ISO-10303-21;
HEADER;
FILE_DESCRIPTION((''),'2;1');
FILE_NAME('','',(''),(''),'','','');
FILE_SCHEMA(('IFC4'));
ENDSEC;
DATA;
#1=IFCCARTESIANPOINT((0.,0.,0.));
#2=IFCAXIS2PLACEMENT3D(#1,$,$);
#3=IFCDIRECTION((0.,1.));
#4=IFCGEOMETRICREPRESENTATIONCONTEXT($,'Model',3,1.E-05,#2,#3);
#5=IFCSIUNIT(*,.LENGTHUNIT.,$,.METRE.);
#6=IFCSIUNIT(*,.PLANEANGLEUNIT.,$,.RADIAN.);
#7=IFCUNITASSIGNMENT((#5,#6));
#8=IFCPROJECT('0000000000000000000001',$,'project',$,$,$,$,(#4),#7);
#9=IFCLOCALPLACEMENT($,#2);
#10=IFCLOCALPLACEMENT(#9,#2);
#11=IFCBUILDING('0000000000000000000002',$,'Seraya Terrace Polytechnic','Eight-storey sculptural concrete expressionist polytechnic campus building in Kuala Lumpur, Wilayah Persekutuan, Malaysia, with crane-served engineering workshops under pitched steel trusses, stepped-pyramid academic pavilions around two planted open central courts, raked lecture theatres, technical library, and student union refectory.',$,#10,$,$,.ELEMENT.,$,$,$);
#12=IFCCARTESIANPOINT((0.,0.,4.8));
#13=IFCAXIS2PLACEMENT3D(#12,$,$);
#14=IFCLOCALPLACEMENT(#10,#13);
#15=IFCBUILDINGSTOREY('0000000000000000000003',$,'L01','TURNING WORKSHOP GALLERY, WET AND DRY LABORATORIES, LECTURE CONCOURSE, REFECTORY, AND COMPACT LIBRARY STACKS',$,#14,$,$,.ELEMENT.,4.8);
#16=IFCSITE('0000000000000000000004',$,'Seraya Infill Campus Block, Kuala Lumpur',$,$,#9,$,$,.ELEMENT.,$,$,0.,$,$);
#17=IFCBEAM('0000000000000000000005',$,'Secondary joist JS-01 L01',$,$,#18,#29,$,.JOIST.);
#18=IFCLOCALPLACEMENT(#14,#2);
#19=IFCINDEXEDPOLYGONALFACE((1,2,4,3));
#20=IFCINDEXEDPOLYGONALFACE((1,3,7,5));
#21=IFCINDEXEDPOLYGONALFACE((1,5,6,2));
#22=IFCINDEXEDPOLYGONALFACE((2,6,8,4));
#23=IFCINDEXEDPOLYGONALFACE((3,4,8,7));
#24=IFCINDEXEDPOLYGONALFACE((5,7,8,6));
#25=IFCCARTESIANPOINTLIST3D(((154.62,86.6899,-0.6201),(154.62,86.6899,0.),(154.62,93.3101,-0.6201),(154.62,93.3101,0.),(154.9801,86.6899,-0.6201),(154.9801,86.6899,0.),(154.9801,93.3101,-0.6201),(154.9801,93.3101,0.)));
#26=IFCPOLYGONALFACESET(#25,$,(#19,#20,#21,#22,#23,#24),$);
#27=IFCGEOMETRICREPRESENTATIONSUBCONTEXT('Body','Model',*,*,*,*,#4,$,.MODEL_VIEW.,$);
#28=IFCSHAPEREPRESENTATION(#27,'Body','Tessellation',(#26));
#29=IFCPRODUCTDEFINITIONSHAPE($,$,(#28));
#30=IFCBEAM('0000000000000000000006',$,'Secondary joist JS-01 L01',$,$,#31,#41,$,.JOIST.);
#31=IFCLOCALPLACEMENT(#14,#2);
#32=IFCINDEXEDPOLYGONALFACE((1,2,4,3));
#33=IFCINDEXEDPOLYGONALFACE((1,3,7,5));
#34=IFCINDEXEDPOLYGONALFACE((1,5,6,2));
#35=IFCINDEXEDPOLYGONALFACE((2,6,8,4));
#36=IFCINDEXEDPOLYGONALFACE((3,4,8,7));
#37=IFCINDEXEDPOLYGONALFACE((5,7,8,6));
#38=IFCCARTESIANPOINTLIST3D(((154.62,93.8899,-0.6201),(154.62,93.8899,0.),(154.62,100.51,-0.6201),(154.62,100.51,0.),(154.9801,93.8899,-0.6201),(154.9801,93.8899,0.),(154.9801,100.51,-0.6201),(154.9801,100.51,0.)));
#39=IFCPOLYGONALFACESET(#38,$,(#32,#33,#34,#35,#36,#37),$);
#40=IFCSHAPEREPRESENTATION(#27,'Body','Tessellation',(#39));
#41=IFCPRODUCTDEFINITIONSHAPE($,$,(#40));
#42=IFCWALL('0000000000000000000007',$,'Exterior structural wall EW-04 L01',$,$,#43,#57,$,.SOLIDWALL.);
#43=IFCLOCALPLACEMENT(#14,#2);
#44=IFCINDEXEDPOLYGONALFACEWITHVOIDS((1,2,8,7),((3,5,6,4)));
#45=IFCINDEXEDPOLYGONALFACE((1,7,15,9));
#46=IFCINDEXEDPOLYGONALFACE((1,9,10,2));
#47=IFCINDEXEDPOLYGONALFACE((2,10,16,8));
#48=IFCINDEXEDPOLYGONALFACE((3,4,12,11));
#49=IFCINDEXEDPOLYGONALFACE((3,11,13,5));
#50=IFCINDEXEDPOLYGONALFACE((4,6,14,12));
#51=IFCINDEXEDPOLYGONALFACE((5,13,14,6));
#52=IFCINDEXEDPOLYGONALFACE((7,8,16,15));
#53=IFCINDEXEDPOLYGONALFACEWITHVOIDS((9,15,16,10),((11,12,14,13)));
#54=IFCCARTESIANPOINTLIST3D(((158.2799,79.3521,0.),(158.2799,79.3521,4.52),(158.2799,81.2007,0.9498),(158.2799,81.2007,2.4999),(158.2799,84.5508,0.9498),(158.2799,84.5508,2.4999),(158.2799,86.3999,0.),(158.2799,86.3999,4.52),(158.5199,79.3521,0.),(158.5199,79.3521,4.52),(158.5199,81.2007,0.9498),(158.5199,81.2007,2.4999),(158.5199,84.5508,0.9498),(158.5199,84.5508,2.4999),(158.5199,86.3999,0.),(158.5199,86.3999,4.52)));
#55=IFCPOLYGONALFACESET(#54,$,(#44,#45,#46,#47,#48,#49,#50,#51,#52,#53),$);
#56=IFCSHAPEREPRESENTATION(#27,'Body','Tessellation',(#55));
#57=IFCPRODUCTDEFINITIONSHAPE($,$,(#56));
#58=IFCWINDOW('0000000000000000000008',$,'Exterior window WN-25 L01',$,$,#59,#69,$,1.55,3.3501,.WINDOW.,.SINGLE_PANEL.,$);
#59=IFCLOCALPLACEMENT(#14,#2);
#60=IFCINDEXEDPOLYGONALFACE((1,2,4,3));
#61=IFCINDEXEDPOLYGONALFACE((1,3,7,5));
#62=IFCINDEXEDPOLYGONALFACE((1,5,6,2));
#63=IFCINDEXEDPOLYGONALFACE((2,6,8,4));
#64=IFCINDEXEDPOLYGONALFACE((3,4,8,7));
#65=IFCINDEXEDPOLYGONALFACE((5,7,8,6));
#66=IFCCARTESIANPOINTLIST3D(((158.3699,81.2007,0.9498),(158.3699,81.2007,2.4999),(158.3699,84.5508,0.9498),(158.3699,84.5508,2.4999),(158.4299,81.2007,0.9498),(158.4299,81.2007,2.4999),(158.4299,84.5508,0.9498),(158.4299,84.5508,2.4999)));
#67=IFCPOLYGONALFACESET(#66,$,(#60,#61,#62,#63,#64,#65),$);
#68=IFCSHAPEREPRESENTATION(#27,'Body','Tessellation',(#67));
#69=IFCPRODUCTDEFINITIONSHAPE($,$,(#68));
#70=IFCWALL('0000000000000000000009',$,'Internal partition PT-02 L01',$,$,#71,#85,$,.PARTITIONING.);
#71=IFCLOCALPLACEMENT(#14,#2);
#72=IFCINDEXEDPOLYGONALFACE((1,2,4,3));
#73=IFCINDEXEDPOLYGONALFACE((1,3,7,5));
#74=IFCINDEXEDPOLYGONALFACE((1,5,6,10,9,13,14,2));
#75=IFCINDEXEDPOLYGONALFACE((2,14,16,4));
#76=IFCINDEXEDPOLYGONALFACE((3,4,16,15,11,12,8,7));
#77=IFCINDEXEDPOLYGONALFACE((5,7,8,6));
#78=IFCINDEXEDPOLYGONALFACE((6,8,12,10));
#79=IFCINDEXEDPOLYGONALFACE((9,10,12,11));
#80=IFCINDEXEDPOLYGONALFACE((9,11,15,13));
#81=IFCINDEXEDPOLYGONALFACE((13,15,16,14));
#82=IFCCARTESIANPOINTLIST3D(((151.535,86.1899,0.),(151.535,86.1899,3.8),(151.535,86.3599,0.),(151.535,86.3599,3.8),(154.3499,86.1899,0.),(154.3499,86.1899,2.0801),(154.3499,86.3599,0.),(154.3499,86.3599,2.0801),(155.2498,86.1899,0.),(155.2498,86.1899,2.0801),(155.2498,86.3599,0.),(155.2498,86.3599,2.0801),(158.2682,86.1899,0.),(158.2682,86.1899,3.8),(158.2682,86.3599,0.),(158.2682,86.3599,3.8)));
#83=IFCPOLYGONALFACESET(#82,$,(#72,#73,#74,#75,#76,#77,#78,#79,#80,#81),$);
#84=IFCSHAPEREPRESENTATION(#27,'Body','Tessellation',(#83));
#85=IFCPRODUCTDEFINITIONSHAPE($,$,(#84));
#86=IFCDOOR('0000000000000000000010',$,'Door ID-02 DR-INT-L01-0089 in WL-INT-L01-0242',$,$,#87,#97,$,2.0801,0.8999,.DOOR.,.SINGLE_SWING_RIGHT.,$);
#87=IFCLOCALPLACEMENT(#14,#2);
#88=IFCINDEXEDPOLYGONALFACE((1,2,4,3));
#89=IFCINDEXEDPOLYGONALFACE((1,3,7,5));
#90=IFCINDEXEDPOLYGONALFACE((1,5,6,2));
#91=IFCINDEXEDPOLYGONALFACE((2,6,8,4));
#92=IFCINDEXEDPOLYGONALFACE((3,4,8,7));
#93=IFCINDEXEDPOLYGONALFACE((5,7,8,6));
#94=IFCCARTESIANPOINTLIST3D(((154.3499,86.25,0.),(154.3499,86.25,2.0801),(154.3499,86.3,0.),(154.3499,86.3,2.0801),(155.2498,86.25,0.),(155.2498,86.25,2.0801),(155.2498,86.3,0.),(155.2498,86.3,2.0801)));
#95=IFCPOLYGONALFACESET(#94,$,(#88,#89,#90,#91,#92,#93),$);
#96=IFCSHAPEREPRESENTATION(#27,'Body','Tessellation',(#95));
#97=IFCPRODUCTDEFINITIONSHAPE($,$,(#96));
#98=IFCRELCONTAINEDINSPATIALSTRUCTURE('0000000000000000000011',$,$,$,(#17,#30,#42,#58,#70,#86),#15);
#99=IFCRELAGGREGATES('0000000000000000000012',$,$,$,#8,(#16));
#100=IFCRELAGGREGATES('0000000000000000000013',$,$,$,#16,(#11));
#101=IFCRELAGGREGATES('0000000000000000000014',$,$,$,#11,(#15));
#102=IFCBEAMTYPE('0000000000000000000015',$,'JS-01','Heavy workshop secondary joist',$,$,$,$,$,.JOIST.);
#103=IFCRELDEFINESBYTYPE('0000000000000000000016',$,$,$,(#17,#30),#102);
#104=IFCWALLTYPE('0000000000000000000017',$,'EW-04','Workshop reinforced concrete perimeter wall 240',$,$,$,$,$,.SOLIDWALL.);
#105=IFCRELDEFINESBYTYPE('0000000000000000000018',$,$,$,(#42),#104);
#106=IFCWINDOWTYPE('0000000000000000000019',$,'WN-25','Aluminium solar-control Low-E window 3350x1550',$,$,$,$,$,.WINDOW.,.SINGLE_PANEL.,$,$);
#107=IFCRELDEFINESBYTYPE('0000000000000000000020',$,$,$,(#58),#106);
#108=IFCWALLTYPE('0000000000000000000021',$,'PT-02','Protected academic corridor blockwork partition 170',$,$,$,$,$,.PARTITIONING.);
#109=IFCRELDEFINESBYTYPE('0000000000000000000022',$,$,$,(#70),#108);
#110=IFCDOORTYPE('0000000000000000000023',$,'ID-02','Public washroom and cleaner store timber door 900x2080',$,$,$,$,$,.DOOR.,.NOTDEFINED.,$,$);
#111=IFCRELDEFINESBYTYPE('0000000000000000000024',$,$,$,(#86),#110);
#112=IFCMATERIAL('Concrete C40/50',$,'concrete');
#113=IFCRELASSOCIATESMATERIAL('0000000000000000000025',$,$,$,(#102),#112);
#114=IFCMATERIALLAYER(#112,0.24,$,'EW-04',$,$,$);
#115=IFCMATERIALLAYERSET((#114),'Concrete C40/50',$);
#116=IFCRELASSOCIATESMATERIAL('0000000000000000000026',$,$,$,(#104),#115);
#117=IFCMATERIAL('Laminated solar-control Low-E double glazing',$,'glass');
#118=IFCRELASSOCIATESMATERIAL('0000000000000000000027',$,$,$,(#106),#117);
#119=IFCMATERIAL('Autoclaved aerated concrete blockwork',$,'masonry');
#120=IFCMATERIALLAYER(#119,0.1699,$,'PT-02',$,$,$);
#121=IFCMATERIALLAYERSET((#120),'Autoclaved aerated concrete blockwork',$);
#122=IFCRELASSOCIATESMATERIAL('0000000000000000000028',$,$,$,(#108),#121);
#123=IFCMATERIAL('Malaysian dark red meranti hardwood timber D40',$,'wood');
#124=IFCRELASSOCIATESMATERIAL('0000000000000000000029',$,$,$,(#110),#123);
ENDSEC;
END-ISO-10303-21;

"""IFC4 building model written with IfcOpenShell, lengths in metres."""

from ifc_helpers import new_model, si_unit, direction, frame, frame_2d, origin, origin_2d, place, context, subcontext, project, spatial, rectangle, extrude, material, layer, layer_set, material_profile, profile_set, type_object, element, fill, save


model = new_model("IFC4")

# Units and contexts
model_context = context("Model", 3, precision=1e-05, world=origin(), true_north=direction((0.0, 1.0)))
body_context = subcontext(model_context, "Body", "Model", "MODEL_VIEW")
ifc_project = project(units=[si_unit("LENGTHUNIT", "METRE"), si_unit("PLANEANGLEUNIT", "RADIAN")], contexts=[model_context])

# Site, building, storey
site_placement = place(None, origin())
site = spatial("IfcSite", under=ifc_project, at=site_placement, Name="Seraya Infill Campus Block, Kuala Lumpur", CompositionType="ELEMENT", RefElevation=0.0)
building_placement = place(site_placement, origin())
building = spatial("IfcBuilding", under=site, at=building_placement, Name="Seraya Terrace Polytechnic", Description="Eight-storey sculptural concrete expressionist polytechnic campus building in Kuala Lumpur, Wilayah Persekutuan, Malaysia, with crane-served engineering workshops under pitched steel trusses, stepped-pyramid academic pavilions around two planted open central courts, raked lecture theatres, technical library, and student union refectory.", CompositionType="ELEMENT")
storey_placement = place(building_placement, frame((0.0, 0.0, 4.8)))
storey = spatial("IfcBuildingStorey", under=building, at=storey_placement, Name="L01", Description="TURNING WORKSHOP GALLERY, WET AND DRY LABORATORIES, LECTURE CONCOURSE, REFECTORY, AND COMPACT LIBRARY STACKS", CompositionType="ELEMENT", Elevation=4.8)

# Shared definitions
ifc_material_1 = material(Name="Concrete C40/50", Category="concrete")

# Beams
ifc_material_profile_1 = material_profile(ifc_material_1, rectangle(XDim=0.3601, YDim=0.6201, at=origin_2d()), Name="RC 360x620")
ifc_profile_set_1 = profile_set([ifc_material_profile_1], Name="Concrete C40/50")
beam_type_1 = type_object("IfcBeamType", Name="JS-01", Description="Heavy workshop secondary joist", PredefinedType="JOIST", material=ifc_profile_set_1)
for number, where, z_axis, x_axis, name in (
    (1, (154.8, 86.6899, -0.3101), (0.0, 1.0, 0.0), (-1.0, 0.0, 0.0), "Secondary joist JS-01 L01"),
    (2, (154.8, 93.8899, -0.3101), (0.0, 1.0, 0.0), (-1.0, 0.0, 0.0), "Secondary joist JS-01 L01"),
):
    element("IfcBeam", number, at=place(storey_placement, frame(where, z_axis=z_axis, x_axis=x_axis)), inside=storey, type_object=beam_type_1, Name=name, PredefinedType="JOIST", context=body_context, shape_type="SweptSolid", body=[
        extrude(rectangle(XDim=0.3601, YDim=0.6201, at=origin_2d()), origin(), (0.0, 0.0, 1.0), 6.6201),
    ])

# Wall, opening, window
ifc_layer_1 = layer(ifc_material_1, 0.24, Name="EW-04")
ifc_layer_set_1 = layer_set([ifc_layer_1], Name="Concrete C40/50")
wall_type_1 = type_object("IfcWallType", Name="EW-04", Description="Workshop reinforced concrete perimeter wall 240", PredefinedType="SOLIDWALL", material=ifc_layer_set_1)
wall_1_placement = place(storey_placement, frame((158.3999, 86.3999, 0.0), z_axis=(0.0, 0.0, 1.0), x_axis=(0.0, -1.0, 0.0)))
wall_1 = element("IfcWall", 3, at=wall_1_placement, inside=storey, type_object=wall_type_1, Name="Exterior structural wall EW-04 L01", PredefinedType="SOLIDWALL", context=body_context, shape_type="SweptSolid", body=[
    extrude(rectangle(XDim=7.0479, YDim=0.24, at=frame_2d((3.5239, 0.0))), origin(), (0.0, 0.0, 1.0), 4.52),
])
opening_1_placement = place(wall_1_placement, frame((1.8491, 0.0, 0.95)))
opening_1 = element("IfcOpeningElement", 4, at=opening_1_placement, cuts=wall_1, PredefinedType="OPENING", context=body_context, shape_type="SweptSolid", body=[
    extrude(rectangle(XDim=3.3501, YDim=1.55, at=frame_2d((1.675, 0.7749))), frame((0.0, 0.1318, 0.0), z_axis=(0.0, -1.0, 0.0), x_axis=(1.0, 0.0, 0.0)), (0.0, 0.0, 1.0), 0.2639),
])
ifc_material_2 = material(Name="Laminated solar-control Low-E double glazing", Category="glass")
window_type = type_object("IfcWindowType", Name="WN-25", Description="Aluminium solar-control Low-E window 3350x1550", PartitioningType="SINGLE_PANEL", PredefinedType="WINDOW", material=ifc_material_2)
window_placement = place(opening_1_placement, origin())
window = element("IfcWindow", 5, at=window_placement, inside=storey, type_object=window_type, Name="Exterior window WN-25 L01", OverallHeight=1.55, OverallWidth=3.3501, PartitioningType="SINGLE_PANEL", PredefinedType="WINDOW", context=body_context, shape_type="SweptSolid", body=[
    extrude(rectangle(XDim=3.3501, YDim=1.55, at=frame_2d((1.675, 0.7749))), frame((0.0, 0.03, 0.0), z_axis=(0.0, -1.0, 0.0), x_axis=(1.0, 0.0, 0.0)), (0.0, 0.0, 1.0), 0.0601),
])
fill(opening_1, window)

# Wall, opening, door
ifc_material_3 = material(Name="Autoclaved aerated concrete blockwork", Category="masonry")
ifc_layer_2 = layer(ifc_material_3, 0.1699, Name="PT-02")
ifc_layer_set_2 = layer_set([ifc_layer_2], Name="Autoclaved aerated concrete blockwork")
wall_type_2 = type_object("IfcWallType", Name="PT-02", Description="Protected academic corridor blockwork partition 170", PredefinedType="PARTITIONING", material=ifc_layer_set_2)
wall_2_placement = place(storey_placement, frame((151.5349, 86.2749, 0.0), z_axis=(0.0, 0.0, 1.0), x_axis=(1.0, 0.0, 0.0)))
wall_2 = element("IfcWall", 6, at=wall_2_placement, inside=storey, type_object=wall_type_2, Name="Internal partition PT-02 L01", PredefinedType="PARTITIONING", context=body_context, shape_type="SweptSolid", body=[
    extrude(rectangle(XDim=6.7332, YDim=0.1699, at=frame_2d((3.3667, 0.0))), origin(), (0.0, 0.0, 1.0), 3.8),
])
opening_2_placement = place(wall_2_placement, frame((2.8149, 0.0, 0.0)))
opening_2 = element("IfcOpeningElement", 7, at=opening_2_placement, cuts=wall_2, PredefinedType="OPENING", context=body_context, shape_type="SweptSolid", body=[
    extrude(rectangle(XDim=0.8999, YDim=2.0801, at=frame_2d((0.45, 1.04))), frame((0.0, 0.0969, 0.0), z_axis=(0.0, -1.0, 0.0), x_axis=(1.0, 0.0, 0.0)), (0.0, 0.0, 1.0), 0.1938),
])
ifc_material_4 = material(Name="Malaysian dark red meranti hardwood timber D40", Category="wood")
door_type = type_object("IfcDoorType", Name="ID-02", Description="Public washroom and cleaner store timber door 900x2080", OperationType="NOTDEFINED", PredefinedType="DOOR", material=ifc_material_4)
door_placement = place(opening_2_placement, frame((0.8999, 0.0, 0.0), z_axis=(0.0, 0.0, 1.0), x_axis=(-1.0, 0.0, 0.0)))
door = element("IfcDoor", 8, at=door_placement, inside=storey, type_object=door_type, Name="Door ID-02 DR-INT-L01-0089 in WL-INT-L01-0242", OperationType="SINGLE_SWING_RIGHT", OverallHeight=2.0801, OverallWidth=0.8999, PredefinedType="DOOR", context=body_context, shape_type="SweptSolid", body=[
    extrude(rectangle(XDim=0.8999, YDim=2.0801, at=frame_2d((0.45, 1.04))), frame((0.0, 0.0249, 0.0), z_axis=(0.0, -1.0, 0.0), x_axis=(1.0, 0.0, 0.0)), (0.0, 0.0, 1.0), 0.05),
])
fill(opening_2, door)

save(model, "model.ifc")
